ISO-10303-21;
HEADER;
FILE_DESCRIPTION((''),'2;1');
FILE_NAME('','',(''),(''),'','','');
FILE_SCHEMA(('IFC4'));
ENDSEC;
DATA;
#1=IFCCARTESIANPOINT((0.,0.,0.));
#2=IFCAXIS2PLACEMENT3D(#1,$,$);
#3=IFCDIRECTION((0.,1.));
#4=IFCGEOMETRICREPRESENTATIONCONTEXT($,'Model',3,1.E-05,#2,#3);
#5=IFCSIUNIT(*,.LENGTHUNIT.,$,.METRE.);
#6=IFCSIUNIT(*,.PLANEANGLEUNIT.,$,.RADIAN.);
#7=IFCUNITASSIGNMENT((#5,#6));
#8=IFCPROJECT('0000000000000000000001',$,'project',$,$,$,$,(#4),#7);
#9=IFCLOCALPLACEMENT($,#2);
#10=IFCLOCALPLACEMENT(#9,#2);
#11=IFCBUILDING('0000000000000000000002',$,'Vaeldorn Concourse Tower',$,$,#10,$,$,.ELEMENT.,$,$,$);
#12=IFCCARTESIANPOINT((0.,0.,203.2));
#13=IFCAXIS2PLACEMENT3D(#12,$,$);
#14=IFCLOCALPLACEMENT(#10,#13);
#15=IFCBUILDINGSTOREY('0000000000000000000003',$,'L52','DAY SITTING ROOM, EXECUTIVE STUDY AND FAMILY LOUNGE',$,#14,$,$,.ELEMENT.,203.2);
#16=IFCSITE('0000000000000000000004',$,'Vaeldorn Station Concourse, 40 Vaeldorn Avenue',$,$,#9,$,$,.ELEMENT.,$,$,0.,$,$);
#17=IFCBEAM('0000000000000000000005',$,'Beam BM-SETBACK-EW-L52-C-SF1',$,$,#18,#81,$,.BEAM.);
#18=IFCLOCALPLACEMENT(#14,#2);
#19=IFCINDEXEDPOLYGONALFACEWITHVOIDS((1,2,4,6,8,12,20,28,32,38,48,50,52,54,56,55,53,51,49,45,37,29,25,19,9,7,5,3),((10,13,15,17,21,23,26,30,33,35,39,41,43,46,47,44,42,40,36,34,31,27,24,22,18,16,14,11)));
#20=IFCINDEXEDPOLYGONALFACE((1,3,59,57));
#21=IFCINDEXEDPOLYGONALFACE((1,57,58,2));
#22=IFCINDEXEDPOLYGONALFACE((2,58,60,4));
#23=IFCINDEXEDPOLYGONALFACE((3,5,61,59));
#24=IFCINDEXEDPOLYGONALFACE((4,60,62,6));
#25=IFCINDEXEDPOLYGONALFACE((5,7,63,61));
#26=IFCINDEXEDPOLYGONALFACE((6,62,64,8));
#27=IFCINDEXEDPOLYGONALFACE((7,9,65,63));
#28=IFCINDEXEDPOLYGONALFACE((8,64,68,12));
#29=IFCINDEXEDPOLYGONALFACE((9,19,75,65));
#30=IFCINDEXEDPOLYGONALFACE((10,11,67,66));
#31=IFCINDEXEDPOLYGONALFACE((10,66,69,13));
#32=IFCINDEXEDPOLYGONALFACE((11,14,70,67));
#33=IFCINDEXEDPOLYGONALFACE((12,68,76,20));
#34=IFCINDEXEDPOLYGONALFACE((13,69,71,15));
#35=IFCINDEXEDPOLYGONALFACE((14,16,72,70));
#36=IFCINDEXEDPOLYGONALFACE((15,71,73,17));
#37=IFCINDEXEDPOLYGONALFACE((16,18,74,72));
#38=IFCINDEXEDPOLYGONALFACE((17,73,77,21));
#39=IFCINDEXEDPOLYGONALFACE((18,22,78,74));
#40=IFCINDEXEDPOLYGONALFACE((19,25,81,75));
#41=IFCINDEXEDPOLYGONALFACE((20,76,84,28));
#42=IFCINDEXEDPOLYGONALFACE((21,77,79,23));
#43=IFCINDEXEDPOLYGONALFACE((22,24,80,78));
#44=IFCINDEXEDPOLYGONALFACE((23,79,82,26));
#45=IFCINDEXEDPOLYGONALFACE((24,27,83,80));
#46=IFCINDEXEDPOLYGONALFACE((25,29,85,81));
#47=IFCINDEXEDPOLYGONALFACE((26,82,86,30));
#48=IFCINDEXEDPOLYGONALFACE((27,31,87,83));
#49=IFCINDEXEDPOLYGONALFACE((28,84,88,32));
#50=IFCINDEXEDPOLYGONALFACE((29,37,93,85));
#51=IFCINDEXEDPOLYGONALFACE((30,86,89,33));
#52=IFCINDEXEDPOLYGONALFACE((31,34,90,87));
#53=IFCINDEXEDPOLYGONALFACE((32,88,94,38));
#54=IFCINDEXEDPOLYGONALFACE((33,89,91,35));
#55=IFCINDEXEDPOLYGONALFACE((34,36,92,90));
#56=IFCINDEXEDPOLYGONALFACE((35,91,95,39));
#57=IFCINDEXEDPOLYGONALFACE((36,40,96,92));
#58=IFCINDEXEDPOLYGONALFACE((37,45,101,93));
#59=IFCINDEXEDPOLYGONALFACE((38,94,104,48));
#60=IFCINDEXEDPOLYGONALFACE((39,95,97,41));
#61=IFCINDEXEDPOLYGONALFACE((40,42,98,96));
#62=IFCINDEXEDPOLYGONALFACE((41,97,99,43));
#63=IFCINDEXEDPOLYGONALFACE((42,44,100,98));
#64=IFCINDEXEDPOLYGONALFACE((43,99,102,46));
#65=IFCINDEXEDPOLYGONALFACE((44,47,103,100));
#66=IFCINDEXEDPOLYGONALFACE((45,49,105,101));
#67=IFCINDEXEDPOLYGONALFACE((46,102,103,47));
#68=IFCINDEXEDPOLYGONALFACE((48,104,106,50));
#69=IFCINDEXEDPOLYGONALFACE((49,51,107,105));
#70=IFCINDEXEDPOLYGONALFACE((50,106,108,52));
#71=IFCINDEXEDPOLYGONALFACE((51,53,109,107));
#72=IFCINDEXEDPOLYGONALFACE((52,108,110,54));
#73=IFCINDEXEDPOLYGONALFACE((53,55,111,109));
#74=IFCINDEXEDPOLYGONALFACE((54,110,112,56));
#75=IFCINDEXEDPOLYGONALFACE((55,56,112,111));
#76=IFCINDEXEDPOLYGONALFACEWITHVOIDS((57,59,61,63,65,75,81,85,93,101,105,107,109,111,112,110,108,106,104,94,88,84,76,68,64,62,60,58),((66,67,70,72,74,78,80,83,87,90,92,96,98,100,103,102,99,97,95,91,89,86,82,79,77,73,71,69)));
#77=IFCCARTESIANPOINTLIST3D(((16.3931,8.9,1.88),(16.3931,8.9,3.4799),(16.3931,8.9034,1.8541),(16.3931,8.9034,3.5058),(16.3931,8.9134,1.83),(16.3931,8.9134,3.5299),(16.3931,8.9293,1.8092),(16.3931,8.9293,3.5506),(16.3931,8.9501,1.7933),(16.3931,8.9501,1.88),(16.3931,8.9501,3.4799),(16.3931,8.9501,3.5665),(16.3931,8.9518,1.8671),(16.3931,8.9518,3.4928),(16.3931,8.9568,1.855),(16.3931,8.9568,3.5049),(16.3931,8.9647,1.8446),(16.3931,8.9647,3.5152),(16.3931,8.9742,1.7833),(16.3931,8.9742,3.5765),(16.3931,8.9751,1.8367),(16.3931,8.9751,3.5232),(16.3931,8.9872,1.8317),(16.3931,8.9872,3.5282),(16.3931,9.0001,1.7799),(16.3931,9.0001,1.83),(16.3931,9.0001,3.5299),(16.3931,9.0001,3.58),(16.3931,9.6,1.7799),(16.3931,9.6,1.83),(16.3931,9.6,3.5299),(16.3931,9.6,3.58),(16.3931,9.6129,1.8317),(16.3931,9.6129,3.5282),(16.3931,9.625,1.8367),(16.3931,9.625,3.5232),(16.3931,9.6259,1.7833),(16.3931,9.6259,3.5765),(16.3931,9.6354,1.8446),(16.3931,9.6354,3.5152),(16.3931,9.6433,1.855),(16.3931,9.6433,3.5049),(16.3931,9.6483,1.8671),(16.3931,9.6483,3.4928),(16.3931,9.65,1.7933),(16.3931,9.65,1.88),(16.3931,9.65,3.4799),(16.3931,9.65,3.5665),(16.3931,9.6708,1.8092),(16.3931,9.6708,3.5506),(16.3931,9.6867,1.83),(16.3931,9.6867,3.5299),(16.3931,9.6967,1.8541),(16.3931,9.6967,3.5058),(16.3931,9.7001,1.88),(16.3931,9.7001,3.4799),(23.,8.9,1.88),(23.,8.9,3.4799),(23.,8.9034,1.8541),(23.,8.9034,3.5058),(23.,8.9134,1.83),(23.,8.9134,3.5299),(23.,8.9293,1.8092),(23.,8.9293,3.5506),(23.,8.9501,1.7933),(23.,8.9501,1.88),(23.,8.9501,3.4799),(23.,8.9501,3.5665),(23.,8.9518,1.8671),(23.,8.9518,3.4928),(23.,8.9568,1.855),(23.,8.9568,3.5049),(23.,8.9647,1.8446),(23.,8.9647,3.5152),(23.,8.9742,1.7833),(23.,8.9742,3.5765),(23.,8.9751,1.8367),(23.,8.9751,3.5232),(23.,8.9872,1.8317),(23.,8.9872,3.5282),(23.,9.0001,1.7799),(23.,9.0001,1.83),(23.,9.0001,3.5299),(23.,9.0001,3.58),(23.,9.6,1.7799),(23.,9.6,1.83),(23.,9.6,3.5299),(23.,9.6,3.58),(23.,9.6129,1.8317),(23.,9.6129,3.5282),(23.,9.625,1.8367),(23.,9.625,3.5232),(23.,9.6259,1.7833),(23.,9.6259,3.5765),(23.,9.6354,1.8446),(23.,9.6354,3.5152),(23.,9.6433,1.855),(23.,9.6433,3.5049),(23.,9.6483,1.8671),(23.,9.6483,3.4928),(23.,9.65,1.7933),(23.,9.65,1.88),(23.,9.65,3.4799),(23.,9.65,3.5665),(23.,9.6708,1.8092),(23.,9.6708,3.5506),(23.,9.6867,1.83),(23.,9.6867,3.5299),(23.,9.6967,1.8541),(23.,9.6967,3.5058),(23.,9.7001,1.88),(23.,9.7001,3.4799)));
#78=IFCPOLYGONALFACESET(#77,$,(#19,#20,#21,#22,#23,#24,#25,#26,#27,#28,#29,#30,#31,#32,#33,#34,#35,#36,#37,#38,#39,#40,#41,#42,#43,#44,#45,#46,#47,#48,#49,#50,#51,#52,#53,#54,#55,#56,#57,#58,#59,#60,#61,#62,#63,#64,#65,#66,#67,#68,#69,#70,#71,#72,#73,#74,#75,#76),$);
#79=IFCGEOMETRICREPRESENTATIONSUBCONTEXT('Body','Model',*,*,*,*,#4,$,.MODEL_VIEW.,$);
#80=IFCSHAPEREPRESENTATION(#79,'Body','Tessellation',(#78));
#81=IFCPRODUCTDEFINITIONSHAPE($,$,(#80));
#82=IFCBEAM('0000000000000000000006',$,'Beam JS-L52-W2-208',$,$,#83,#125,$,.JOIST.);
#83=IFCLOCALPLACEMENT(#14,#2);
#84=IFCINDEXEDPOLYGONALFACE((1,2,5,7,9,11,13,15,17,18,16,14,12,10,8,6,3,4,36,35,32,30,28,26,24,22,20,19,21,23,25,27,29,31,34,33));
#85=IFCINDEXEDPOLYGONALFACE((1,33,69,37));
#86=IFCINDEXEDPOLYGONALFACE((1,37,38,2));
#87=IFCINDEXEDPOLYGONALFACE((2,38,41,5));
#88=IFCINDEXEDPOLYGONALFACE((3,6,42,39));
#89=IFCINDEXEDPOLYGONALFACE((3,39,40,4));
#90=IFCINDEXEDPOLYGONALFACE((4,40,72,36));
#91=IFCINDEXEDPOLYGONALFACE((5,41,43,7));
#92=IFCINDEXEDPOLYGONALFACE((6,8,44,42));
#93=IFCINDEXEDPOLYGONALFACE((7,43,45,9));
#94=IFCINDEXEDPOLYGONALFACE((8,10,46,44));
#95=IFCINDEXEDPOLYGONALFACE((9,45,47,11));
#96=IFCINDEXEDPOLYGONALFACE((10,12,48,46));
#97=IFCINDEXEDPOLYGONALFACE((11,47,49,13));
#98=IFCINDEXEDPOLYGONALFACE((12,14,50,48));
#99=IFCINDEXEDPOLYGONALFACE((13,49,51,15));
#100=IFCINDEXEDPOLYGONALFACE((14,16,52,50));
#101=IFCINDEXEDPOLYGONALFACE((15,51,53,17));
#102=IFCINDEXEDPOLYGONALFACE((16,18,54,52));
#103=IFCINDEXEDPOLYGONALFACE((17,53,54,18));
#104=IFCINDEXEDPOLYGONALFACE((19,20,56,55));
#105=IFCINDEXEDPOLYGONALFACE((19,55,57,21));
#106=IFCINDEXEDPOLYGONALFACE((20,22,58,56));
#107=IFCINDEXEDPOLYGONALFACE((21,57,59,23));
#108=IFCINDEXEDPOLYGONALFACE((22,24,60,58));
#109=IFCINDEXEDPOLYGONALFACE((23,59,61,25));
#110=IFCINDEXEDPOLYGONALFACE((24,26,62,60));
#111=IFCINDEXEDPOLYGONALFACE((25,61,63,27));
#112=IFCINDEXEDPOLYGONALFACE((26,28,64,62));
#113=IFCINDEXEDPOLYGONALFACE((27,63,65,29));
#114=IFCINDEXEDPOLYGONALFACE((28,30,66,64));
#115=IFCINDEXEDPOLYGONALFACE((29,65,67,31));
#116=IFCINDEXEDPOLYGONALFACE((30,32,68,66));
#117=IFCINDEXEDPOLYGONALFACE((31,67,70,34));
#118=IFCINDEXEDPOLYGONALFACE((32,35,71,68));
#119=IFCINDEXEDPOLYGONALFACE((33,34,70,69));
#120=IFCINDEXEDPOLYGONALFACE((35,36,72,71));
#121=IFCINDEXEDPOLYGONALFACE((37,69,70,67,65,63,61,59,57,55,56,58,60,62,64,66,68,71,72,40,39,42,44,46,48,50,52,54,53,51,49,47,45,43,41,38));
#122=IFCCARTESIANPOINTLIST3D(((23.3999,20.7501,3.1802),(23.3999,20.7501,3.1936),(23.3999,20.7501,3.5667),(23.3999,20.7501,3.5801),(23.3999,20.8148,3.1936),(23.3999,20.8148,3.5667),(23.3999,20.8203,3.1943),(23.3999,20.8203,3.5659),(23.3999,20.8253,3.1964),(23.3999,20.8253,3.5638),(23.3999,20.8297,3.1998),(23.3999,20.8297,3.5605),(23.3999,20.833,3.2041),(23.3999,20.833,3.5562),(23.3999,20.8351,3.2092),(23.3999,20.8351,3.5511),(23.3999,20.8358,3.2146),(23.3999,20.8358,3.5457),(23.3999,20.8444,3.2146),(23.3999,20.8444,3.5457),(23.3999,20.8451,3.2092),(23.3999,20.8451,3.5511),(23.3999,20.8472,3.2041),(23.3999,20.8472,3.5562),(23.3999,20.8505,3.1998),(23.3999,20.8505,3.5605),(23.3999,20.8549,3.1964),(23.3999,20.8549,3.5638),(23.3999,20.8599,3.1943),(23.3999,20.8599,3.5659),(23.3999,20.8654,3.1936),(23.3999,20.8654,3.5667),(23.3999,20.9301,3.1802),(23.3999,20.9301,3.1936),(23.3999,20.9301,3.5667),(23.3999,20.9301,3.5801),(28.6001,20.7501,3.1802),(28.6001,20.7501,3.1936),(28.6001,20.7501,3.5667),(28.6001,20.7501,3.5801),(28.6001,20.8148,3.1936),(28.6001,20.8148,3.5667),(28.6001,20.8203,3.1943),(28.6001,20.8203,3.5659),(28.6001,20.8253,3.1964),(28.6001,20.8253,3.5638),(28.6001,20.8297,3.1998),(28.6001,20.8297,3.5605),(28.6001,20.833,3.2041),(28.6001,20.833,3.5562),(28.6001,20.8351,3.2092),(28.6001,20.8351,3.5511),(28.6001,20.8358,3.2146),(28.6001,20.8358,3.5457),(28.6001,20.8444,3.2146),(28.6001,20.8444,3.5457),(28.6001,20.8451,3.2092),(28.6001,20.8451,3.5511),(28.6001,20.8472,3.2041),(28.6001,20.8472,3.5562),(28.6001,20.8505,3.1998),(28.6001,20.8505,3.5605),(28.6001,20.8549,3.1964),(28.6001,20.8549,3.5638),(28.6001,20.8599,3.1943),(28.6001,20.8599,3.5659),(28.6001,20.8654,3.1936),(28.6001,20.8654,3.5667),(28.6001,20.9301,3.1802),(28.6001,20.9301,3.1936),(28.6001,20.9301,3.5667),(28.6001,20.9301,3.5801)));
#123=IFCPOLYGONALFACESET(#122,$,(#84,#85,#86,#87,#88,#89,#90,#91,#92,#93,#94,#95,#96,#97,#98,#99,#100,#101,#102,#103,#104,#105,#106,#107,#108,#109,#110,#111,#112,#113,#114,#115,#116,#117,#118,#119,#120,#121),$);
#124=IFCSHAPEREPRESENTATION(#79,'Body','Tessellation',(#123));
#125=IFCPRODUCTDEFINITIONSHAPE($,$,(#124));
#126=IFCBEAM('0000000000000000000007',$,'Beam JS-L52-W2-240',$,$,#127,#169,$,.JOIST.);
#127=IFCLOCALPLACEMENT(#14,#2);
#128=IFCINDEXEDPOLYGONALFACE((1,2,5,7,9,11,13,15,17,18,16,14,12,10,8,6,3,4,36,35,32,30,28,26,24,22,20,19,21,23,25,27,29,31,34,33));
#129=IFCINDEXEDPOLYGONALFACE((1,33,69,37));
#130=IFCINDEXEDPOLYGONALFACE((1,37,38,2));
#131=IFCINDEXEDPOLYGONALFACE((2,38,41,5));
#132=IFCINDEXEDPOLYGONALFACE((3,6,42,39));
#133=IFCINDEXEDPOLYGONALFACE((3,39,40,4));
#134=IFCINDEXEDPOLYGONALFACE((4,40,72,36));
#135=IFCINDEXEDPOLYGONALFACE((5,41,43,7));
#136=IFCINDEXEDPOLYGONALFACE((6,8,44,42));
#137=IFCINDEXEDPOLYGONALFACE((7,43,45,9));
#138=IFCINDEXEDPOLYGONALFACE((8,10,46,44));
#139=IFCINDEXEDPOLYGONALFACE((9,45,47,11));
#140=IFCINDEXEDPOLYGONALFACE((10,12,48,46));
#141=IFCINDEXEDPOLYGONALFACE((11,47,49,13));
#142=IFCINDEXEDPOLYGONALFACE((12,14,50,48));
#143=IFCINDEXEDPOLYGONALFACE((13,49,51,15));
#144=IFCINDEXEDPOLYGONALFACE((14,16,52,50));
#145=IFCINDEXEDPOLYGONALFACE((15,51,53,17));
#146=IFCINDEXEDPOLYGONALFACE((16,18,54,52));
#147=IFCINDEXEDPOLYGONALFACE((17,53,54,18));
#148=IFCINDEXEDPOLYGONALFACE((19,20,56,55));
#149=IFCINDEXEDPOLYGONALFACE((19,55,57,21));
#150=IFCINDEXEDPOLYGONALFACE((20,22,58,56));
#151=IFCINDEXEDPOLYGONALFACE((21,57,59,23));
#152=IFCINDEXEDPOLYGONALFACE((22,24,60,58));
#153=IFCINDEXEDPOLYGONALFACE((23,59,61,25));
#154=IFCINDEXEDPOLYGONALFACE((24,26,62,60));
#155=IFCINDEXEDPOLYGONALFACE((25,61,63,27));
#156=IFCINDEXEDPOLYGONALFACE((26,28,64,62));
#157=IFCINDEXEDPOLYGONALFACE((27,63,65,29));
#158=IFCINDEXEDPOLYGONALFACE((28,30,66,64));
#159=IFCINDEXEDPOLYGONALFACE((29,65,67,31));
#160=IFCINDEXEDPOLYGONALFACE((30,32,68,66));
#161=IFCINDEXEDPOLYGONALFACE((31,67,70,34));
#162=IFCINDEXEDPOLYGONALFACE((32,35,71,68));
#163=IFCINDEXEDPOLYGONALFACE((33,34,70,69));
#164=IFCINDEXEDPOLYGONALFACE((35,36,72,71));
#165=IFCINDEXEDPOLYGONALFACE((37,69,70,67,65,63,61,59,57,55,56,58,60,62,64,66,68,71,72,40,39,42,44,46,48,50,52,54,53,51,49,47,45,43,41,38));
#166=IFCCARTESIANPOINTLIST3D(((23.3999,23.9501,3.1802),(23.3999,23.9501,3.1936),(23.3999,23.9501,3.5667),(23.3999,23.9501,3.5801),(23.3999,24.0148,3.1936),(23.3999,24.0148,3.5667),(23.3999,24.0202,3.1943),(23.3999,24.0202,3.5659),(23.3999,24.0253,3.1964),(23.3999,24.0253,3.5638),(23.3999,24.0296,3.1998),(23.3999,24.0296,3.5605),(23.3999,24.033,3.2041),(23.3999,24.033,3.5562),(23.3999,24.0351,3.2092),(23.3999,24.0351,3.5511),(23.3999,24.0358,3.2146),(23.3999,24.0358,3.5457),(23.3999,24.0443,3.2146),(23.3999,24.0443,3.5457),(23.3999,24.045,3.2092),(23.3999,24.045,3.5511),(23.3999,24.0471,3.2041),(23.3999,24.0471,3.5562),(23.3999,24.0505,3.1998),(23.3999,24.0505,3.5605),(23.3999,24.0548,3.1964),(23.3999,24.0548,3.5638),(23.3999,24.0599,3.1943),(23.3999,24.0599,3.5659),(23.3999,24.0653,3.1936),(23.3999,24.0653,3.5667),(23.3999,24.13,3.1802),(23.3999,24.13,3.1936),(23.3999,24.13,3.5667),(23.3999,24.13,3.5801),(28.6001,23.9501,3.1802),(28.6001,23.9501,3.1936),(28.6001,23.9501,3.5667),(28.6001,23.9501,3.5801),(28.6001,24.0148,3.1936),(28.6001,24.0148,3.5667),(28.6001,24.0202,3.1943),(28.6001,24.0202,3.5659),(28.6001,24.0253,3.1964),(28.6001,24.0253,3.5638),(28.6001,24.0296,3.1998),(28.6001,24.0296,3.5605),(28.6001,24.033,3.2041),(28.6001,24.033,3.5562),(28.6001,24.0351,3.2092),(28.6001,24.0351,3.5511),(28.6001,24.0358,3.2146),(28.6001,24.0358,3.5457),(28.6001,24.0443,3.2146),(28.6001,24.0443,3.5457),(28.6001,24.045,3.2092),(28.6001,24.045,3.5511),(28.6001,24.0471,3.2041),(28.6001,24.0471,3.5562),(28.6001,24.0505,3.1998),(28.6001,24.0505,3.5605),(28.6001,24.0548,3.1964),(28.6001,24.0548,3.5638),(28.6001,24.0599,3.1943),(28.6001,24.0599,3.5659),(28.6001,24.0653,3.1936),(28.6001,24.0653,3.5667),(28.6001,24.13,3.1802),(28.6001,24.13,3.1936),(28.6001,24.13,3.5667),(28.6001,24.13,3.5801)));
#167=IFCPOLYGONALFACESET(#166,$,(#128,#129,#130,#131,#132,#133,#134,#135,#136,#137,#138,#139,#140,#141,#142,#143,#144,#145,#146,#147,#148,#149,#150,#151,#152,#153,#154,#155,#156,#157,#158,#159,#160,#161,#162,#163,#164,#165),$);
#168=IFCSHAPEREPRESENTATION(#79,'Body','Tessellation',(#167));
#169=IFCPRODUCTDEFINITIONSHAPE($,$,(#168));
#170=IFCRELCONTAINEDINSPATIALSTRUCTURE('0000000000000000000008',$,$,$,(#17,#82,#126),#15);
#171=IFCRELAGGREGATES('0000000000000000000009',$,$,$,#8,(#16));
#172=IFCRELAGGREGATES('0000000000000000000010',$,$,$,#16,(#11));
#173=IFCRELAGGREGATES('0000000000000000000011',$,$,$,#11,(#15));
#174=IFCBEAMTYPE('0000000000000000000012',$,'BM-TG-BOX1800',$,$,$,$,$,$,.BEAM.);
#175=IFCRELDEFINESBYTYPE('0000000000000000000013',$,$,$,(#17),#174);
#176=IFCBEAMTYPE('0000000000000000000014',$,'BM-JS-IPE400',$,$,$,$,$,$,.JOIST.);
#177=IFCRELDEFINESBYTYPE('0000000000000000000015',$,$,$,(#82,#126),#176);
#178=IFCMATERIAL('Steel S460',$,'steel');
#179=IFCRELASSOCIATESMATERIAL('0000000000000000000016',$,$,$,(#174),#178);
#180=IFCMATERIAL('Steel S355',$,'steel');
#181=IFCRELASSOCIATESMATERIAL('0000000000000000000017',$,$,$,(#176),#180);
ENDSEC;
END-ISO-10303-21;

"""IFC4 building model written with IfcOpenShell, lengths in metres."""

from ifc_helpers import new_model, si_unit, direction, frame, origin, origin_2d, place, context, subcontext, project, spatial, hollow_rectangle, i_section, extrude, source, transform, mapped, material, material_profile, profile_set, type_object, element, save


model = new_model("IFC4")

# Units and contexts
model_context = context("Model", 3, precision=1e-05, world=origin(), true_north=direction((0.0, 1.0)))
body_context = subcontext(model_context, "Body", "Model", "MODEL_VIEW")
ifc_project = project(units=[si_unit("LENGTHUNIT", "METRE"), si_unit("PLANEANGLEUNIT", "RADIAN")], contexts=[model_context])

# Site, building, storey
site_placement = place(None, origin())
site = spatial("IfcSite", under=ifc_project, at=site_placement, Name="Vaeldorn Station Concourse, 40 Vaeldorn Avenue", CompositionType="ELEMENT", RefElevation=0.0)
building_placement = place(site_placement, origin())
building = spatial("IfcBuilding", under=site, at=building_placement, Name="Vaeldorn Concourse Tower", CompositionType="ELEMENT")
storey_placement = place(building_placement, frame((0.0, 0.0, 203.2)))
storey = spatial("IfcBuildingStorey", under=building, at=storey_placement, Name="L52", Description="DAY SITTING ROOM, EXECUTIVE STUDY AND FAMILY LOUNGE", CompositionType="ELEMENT", Elevation=203.2)

# Shared definitions
ifc_material_1 = material(Name="Steel S460", Category="steel")
ifc_material_2 = material(Name="Steel S355", Category="steel")

# Beams
ifc_material_profile_1 = material_profile(ifc_material_1, hollow_rectangle(XDim=0.8, YDim=1.8, WallThickness=0.05, InnerFilletRadius=0.05, OuterFilletRadius=0.1001, at=origin_2d()), Name="RHS 1800x800x50")
ifc_profile_set_1 = profile_set([ifc_material_profile_1], Name="Steel S460")
beam_type_1 = type_object("IfcBeamType", Name="BM-TG-BOX1800", PredefinedType="BEAM", material=ifc_profile_set_1)
shared_shape_1 = source(origin(), body_context, "Body", "SweptSolid", [
    extrude(hollow_rectangle(XDim=0.8, YDim=1.8, WallThickness=0.05, InnerFilletRadius=0.05, OuterFilletRadius=0.1001, at=origin_2d()), origin(), (0.0, 0.0, 1.0), 6.6069),
])
beam_1_placement = place(storey_placement, frame((16.3931, 9.3, 2.6799), z_axis=(1.0, 0.0, 0.0), x_axis=(0.0, 1.0, 0.0)))
element("IfcBeam", 1, at=beam_1_placement, inside=storey, type_object=beam_type_1, Name="Beam BM-SETBACK-EW-L52-C-SF1", PredefinedType="BEAM", context=body_context, shape_type="MappedRepresentation", body=[
    mapped(shared_shape_1, transform((0.0, 0.0, 0.0), scale=1.0)),
])
ifc_material_profile_2 = material_profile(ifc_material_2, i_section(OverallWidth=0.1799, OverallDepth=0.3999, WebThickness=0.0085, FlangeThickness=0.0134, FilletRadius=0.021, at=origin_2d()), Name="IPE 400")
ifc_profile_set_2 = profile_set([ifc_material_profile_2], Name="Steel S355")
beam_type_2 = type_object("IfcBeamType", Name="BM-JS-IPE400", PredefinedType="JOIST", material=ifc_profile_set_2)
shared_shape_2 = source(origin(), body_context, "Body", "SweptSolid", [
    extrude(i_section(OverallWidth=0.1799, OverallDepth=0.3999, WebThickness=0.0085, FlangeThickness=0.0134, FilletRadius=0.021, at=origin_2d()), origin(), (0.0, 0.0, 1.0), 5.2002),
])
for number, where, z_axis, x_axis, name in (
    (2, (23.3999, 20.8401, 3.3801), (1.0, 0.0, 0.0), (0.0, 1.0, 0.0), "Beam JS-L52-W2-208"),
    (3, (23.3999, 24.04, 3.3801), (1.0, 0.0, 0.0), (0.0, 1.0, 0.0), "Beam JS-L52-W2-240"),
):
    element("IfcBeam", number, at=place(storey_placement, frame(where, z_axis=z_axis, x_axis=x_axis)), inside=storey, type_object=beam_type_2, Name=name, PredefinedType="JOIST", context=body_context, shape_type="MappedRepresentation", body=[
        mapped(shared_shape_2, transform((0.0, 0.0, 0.0), scale=1.0)),
    ])

save(model, "model.ifc")
